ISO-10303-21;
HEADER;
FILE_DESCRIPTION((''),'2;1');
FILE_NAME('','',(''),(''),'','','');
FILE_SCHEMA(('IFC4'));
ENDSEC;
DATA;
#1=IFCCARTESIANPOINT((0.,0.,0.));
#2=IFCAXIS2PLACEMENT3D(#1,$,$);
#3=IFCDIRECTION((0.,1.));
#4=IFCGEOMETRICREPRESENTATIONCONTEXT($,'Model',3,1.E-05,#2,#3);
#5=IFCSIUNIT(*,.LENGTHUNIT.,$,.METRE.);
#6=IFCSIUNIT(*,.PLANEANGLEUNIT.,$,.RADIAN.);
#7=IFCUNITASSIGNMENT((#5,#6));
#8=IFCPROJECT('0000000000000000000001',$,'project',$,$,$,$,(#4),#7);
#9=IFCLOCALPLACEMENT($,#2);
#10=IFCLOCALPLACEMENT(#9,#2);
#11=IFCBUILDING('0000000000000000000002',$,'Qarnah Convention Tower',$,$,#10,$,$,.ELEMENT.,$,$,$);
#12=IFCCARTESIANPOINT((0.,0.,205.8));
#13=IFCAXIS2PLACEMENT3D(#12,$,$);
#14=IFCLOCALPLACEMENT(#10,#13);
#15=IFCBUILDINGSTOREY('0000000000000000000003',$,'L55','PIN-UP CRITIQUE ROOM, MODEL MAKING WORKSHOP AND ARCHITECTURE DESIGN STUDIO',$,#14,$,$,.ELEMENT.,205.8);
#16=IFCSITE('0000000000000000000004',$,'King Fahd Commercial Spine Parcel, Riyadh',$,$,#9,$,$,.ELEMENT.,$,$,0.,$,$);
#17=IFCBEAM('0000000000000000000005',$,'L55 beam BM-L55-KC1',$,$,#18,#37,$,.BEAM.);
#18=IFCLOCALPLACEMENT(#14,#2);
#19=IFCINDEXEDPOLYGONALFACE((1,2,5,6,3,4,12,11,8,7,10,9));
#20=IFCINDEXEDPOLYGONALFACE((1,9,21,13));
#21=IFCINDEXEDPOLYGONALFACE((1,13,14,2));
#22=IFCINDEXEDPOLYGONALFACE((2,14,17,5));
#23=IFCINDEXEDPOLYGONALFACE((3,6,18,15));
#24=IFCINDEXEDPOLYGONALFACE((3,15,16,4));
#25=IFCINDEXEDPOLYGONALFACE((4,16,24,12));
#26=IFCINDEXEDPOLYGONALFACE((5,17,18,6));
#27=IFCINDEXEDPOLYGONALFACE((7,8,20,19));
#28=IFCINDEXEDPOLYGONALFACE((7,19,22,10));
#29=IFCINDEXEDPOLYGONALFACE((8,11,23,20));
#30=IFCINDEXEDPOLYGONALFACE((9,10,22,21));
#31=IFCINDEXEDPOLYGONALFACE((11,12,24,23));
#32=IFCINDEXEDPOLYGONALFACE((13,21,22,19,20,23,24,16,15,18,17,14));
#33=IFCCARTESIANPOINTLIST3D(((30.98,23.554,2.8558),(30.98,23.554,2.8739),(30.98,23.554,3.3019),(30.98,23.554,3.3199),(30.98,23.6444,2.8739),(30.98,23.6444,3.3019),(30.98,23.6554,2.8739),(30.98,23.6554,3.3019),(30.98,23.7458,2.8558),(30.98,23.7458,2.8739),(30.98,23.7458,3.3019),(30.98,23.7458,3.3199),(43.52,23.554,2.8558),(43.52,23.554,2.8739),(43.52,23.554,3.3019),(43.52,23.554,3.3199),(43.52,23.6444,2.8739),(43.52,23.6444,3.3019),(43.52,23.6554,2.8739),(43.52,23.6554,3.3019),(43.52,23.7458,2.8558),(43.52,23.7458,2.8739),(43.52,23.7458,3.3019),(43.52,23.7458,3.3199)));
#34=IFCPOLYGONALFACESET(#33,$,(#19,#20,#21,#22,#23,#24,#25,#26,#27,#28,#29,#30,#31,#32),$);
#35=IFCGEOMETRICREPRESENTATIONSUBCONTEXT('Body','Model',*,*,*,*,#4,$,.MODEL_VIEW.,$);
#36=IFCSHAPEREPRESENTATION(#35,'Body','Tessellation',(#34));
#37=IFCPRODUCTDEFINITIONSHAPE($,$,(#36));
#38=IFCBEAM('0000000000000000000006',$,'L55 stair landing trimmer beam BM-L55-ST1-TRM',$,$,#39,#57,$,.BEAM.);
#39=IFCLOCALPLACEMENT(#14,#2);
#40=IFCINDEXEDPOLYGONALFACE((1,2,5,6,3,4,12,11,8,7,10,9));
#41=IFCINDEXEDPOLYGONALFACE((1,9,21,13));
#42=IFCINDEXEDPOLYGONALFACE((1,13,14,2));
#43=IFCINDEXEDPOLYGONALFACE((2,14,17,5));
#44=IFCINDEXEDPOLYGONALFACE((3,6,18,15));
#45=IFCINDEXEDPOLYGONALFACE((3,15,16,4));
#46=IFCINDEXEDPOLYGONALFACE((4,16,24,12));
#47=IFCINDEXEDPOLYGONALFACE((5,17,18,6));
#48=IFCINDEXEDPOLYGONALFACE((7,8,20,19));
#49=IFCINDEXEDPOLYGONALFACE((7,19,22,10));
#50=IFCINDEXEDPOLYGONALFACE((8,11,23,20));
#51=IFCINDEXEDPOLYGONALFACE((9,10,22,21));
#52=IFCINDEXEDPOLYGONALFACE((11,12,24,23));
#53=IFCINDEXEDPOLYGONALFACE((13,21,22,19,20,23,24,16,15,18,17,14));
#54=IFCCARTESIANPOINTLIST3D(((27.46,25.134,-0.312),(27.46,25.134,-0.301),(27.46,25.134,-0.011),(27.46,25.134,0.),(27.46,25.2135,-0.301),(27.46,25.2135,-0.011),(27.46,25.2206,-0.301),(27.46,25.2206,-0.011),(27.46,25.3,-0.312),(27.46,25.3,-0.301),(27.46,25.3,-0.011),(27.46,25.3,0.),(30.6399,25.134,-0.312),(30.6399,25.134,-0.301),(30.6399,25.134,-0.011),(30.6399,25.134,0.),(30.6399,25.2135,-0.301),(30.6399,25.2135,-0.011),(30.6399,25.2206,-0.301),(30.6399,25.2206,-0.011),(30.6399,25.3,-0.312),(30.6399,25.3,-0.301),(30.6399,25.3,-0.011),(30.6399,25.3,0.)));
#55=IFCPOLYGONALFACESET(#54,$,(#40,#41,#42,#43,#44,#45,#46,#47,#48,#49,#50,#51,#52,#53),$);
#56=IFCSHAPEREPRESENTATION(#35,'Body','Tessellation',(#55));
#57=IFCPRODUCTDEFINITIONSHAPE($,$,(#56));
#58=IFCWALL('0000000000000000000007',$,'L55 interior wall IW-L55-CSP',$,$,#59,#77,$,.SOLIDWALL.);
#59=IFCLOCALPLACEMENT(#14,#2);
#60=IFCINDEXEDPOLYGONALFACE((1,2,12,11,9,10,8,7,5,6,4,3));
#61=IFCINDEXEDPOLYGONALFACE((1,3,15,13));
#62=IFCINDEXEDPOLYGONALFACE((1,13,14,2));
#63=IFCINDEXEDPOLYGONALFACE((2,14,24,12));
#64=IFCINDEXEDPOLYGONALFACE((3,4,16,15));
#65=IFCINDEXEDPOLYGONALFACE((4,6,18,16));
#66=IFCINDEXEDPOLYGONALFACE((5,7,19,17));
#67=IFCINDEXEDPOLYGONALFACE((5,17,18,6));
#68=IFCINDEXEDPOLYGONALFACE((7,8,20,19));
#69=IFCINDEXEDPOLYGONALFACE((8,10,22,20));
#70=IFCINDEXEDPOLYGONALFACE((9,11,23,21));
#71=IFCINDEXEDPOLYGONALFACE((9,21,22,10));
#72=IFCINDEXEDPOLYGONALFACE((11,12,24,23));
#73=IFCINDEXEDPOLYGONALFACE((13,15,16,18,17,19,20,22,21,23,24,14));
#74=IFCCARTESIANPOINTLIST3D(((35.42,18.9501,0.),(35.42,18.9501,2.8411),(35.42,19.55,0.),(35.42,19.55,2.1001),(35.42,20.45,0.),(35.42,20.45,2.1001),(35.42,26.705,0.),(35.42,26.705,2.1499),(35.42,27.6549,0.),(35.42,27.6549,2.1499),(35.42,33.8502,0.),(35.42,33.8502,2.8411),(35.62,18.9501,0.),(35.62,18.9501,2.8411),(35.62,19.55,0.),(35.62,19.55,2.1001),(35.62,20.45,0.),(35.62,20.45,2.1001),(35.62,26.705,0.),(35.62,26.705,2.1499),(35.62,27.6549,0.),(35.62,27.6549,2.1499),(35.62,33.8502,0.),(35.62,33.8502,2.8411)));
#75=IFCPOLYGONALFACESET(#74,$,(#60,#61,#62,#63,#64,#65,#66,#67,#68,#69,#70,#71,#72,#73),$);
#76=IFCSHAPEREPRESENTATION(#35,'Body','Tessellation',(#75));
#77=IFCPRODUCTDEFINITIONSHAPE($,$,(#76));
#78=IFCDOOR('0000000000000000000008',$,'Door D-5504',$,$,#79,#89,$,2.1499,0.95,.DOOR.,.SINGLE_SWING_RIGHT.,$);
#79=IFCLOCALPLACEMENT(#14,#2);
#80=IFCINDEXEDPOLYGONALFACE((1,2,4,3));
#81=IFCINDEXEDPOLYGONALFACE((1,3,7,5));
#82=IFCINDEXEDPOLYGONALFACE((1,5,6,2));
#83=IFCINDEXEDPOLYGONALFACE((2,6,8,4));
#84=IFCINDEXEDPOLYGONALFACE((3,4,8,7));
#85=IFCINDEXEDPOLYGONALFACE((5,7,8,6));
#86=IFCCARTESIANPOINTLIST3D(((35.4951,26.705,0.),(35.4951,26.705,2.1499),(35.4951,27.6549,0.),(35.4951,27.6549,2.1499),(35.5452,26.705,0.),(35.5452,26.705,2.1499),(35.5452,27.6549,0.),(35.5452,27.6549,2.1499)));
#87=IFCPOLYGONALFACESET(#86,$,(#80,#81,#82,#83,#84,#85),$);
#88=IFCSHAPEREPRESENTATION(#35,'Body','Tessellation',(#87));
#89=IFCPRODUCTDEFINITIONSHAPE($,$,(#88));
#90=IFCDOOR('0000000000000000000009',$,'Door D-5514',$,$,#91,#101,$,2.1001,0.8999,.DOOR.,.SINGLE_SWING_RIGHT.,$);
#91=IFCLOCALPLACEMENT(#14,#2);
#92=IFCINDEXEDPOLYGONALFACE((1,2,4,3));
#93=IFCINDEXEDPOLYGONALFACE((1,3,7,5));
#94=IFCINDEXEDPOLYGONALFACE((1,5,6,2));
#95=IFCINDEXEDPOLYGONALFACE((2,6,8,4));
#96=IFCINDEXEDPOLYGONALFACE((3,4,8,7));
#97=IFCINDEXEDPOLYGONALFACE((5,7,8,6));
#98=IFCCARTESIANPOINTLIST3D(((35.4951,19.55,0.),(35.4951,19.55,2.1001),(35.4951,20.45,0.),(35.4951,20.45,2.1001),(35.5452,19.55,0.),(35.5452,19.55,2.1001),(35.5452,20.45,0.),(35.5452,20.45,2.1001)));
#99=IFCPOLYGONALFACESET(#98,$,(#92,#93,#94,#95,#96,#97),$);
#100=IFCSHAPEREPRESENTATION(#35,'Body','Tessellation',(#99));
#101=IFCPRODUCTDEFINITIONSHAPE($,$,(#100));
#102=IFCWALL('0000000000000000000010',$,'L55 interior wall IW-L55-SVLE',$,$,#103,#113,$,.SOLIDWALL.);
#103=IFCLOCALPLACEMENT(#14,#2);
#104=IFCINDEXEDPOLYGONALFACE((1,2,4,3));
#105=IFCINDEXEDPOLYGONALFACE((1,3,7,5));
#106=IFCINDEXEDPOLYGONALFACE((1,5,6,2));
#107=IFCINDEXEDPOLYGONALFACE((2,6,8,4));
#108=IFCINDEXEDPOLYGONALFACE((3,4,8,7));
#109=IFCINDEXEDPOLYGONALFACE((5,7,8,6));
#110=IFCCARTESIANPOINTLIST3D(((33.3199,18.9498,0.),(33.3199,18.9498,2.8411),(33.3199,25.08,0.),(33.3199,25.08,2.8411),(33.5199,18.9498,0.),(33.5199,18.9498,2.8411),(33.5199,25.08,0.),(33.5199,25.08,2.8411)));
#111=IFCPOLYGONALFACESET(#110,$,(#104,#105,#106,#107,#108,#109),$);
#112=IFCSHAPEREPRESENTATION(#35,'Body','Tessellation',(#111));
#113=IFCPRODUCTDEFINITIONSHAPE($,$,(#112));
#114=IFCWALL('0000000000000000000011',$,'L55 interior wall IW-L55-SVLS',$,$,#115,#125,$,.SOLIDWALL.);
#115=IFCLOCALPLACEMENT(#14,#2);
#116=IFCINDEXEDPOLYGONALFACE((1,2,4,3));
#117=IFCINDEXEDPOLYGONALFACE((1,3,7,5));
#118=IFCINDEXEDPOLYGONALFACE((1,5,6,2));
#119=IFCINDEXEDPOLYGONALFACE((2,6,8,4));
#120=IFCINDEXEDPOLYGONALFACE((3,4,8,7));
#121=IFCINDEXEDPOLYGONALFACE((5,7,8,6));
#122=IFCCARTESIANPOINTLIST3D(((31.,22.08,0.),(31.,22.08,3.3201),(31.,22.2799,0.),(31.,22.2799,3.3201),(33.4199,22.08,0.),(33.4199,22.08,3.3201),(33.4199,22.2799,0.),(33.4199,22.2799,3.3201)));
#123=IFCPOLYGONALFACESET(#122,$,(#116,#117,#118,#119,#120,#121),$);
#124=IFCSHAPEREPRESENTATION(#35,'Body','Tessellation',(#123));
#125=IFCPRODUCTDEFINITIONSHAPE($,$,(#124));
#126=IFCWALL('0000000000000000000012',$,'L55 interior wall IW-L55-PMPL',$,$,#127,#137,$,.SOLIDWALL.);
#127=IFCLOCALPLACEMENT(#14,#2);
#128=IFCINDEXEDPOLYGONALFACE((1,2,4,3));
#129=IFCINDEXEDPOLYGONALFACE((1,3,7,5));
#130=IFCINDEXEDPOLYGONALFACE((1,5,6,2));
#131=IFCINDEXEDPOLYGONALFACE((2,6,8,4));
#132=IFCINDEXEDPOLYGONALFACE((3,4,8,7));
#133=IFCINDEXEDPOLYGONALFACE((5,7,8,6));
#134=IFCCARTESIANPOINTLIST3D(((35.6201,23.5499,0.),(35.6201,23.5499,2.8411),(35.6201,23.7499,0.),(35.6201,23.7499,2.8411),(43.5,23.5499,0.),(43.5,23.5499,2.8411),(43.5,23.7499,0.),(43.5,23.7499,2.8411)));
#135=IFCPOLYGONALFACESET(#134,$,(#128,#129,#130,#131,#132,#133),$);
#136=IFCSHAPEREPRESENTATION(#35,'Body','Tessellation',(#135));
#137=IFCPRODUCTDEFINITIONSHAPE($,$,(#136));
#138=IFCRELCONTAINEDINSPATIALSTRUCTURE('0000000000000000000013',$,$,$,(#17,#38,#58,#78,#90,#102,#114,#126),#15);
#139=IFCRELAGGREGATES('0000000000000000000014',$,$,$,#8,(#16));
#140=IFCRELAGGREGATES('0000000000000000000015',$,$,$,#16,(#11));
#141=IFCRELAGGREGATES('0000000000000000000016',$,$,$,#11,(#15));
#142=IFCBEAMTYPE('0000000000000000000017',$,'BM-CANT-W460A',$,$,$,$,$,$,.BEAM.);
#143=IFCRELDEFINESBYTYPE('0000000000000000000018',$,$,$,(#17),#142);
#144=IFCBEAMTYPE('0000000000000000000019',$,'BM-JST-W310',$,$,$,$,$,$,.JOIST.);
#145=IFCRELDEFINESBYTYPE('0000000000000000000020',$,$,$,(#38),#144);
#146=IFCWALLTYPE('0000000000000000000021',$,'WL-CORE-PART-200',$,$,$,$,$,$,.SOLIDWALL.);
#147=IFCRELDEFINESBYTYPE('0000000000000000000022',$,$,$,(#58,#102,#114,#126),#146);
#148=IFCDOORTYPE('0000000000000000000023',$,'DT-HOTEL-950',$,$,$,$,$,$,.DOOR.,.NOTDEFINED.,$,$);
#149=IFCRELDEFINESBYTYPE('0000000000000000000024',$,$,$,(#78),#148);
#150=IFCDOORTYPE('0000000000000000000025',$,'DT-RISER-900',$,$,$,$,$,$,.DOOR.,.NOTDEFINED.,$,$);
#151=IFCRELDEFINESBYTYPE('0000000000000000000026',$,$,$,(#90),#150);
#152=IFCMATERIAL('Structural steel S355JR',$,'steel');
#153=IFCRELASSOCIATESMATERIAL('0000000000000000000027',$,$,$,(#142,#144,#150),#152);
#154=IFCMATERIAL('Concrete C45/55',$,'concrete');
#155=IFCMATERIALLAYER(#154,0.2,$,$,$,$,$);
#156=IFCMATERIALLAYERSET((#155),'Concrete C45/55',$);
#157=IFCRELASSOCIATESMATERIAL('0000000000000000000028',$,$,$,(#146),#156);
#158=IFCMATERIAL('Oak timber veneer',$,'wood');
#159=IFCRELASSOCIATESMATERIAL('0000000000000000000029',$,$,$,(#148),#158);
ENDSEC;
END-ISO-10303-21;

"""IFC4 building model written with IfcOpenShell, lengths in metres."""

from ifc_helpers import new_model, si_unit, direction, frame, frame_2d, origin, origin_2d, place, context, subcontext, project, spatial, rectangle, i_section, extrude, material, layer, layer_set, material_profile, profile_set, type_object, element, fill, save


model = new_model("IFC4")

# Units and contexts
model_context = context("Model", 3, precision=1e-05, world=origin(), true_north=direction((0.0, 1.0)))
body_context = subcontext(model_context, "Body", "Model", "MODEL_VIEW")
ifc_project = project(units=[si_unit("LENGTHUNIT", "METRE"), si_unit("PLANEANGLEUNIT", "RADIAN")], contexts=[model_context])

# Site, building, storey
site_placement = place(None, origin())
site = spatial("IfcSite", under=ifc_project, at=site_placement, Name="King Fahd Commercial Spine Parcel, Riyadh", CompositionType="ELEMENT", RefElevation=0.0)
building_placement = place(site_placement, origin())
building = spatial("IfcBuilding", under=site, at=building_placement, Name="Qarnah Convention Tower", CompositionType="ELEMENT")
storey_placement = place(building_placement, frame((0.0, 0.0, 205.8)))
storey = spatial("IfcBuildingStorey", under=building, at=storey_placement, Name="L55", Description="PIN-UP CRITIQUE ROOM, MODEL MAKING WORKSHOP AND ARCHITECTURE DESIGN STUDIO", CompositionType="ELEMENT", Elevation=205.8)

# Beams
ifc_material_1 = material(Name="Structural steel S355JR", Category="steel")
ifc_material_profile_1 = material_profile(ifc_material_1, i_section(OverallWidth=0.1919, OverallDepth=0.4641, WebThickness=0.011, FlangeThickness=0.0181, at=origin_2d()), Name="W460X89")
ifc_profile_set_1 = profile_set([ifc_material_profile_1], Name="Structural steel S355JR")
beam_type_1 = type_object("IfcBeamType", Name="BM-CANT-W460A", PredefinedType="BEAM", material=ifc_profile_set_1)
beam_1_placement = place(storey_placement, frame((30.98, 23.6499, 3.0879), z_axis=(1.0, 0.0, 0.0), x_axis=(0.0, 1.0, 0.0)))
element("IfcBeam", 1, at=beam_1_placement, inside=storey, type_object=beam_type_1, Name="L55 beam BM-L55-KC1", PredefinedType="BEAM", context=body_context, shape_type="SweptSolid", body=[
    extrude(i_section(OverallWidth=0.1919, OverallDepth=0.4641, WebThickness=0.011, FlangeThickness=0.0181, at=origin_2d()), origin(), (0.0, 0.0, 1.0), 12.54),
])
ifc_material_profile_2 = material_profile(ifc_material_1, i_section(OverallWidth=0.166, OverallDepth=0.312, WebThickness=0.0071, FlangeThickness=0.011, at=origin_2d()), Name="W310X45")
ifc_profile_set_2 = profile_set([ifc_material_profile_2], Name="Structural steel S355JR")
beam_type_2 = type_object("IfcBeamType", Name="BM-JST-W310", PredefinedType="JOIST", material=ifc_profile_set_2)
beam_2_placement = place(storey_placement, frame((27.46, 25.217, -0.156), z_axis=(1.0, 0.0, 0.0), x_axis=(0.0, 1.0, 0.0)))
element("IfcBeam", 2, at=beam_2_placement, inside=storey, type_object=beam_type_2, Name="L55 stair landing trimmer beam BM-L55-ST1-TRM", PredefinedType="BEAM", context=body_context, shape_type="SweptSolid", body=[
    extrude(i_section(OverallWidth=0.166, OverallDepth=0.312, WebThickness=0.0071, FlangeThickness=0.011, at=origin_2d()), origin(), (0.0, 0.0, 1.0), 3.1799),
])

# Wall, openings, doors
ifc_material_2 = material(Name="Concrete C45/55", Category="concrete")
ifc_layer_1 = layer(ifc_material_2, 0.2)
ifc_layer_set_1 = layer_set([ifc_layer_1], Name="Concrete C45/55")
wall_type_1 = type_object("IfcWallType", Name="WL-CORE-PART-200", PredefinedType="SOLIDWALL", material=ifc_layer_set_1)
wall_1_placement = place(storey_placement, frame((35.52, 18.95, 0.0), z_axis=(0.0, 0.0, 1.0), x_axis=(0.0, 1.0, 0.0)))
wall_1 = element("IfcWall", 3, at=wall_1_placement, inside=storey, type_object=wall_type_1, Name="L55 interior wall IW-L55-CSP", PredefinedType="SOLIDWALL", context=body_context, shape_type="SweptSolid", body=[
    extrude(rectangle(XDim=14.9001, YDim=0.2, at=frame_2d((7.4502, 0.0))), origin(), (0.0, 0.0, 1.0), 2.8411),
])
opening_1_placement = place(wall_1_placement, frame((7.7549, 0.0, 0.0)))
opening_1 = element("IfcOpeningElement", 4, at=opening_1_placement, cuts=wall_1, PredefinedType="OPENING", context=body_context, shape_type="SweptSolid", body=[
    extrude(rectangle(XDim=0.95, YDim=2.1499, at=frame_2d((0.4751, 1.075))), frame((0.0, 0.1099, 0.0), z_axis=(0.0, -1.0, 0.0), x_axis=(1.0, 0.0, 0.0)), (0.0, 0.0, 1.0), 0.22),
])
opening_2_placement = place(wall_1_placement, frame((0.6001, 0.0, 0.0)))
opening_2 = element("IfcOpeningElement", 5, at=opening_2_placement, cuts=wall_1, PredefinedType="OPENING", context=body_context, shape_type="SweptSolid", body=[
    extrude(rectangle(XDim=0.8999, YDim=2.1001, at=frame_2d((0.45, 1.05))), frame((0.0, 0.1099, 0.0), z_axis=(0.0, -1.0, 0.0), x_axis=(1.0, 0.0, 0.0)), (0.0, 0.0, 1.0), 0.22),
])
ifc_material_3 = material(Name="Oak timber veneer", Category="wood")
door_type_1 = type_object("IfcDoorType", Name="DT-HOTEL-950", OperationType="NOTDEFINED", PredefinedType="DOOR", material=ifc_material_3)
door_1_placement = place(opening_1_placement, origin())
door_1 = element("IfcDoor", 6, at=door_1_placement, inside=storey, type_object=door_type_1, Name="Door D-5504", OperationType="SINGLE_SWING_RIGHT", OverallHeight=2.1499, OverallWidth=0.95, PredefinedType="DOOR", context=body_context, shape_type="SweptSolid", body=[
    extrude(rectangle(XDim=0.95, YDim=2.1499, at=frame_2d((0.4751, 1.075))), frame((0.0, 0.0249, 0.0), z_axis=(0.0, -1.0, 0.0), x_axis=(1.0, 0.0, 0.0)), (0.0, 0.0, 1.0), 0.05),
])
fill(opening_1, door_1)
door_type_2 = type_object("IfcDoorType", Name="DT-RISER-900", OperationType="NOTDEFINED", PredefinedType="DOOR", material=ifc_material_1)
door_2_placement = place(opening_2_placement, origin())
door_2 = element("IfcDoor", 7, at=door_2_placement, inside=storey, type_object=door_type_2, Name="Door D-5514", OperationType="SINGLE_SWING_RIGHT", OverallHeight=2.1001, OverallWidth=0.8999, PredefinedType="DOOR", context=body_context, shape_type="SweptSolid", body=[
    extrude(rectangle(XDim=0.8999, YDim=2.1001, at=frame_2d((0.45, 1.05))), frame((0.0, 0.0249, 0.0), z_axis=(0.0, -1.0, 0.0), x_axis=(1.0, 0.0, 0.0)), (0.0, 0.0, 1.0), 0.05),
])
fill(opening_2, door_2)

# Walls
wall_2_placement = place(storey_placement, frame((33.4199, 18.95, 0.0), z_axis=(0.0, 0.0, 1.0), x_axis=(0.0, 1.0, 0.0)))
element("IfcWall", 8, at=wall_2_placement, inside=storey, type_object=wall_type_1, Name="L55 interior wall IW-L55-SVLE", PredefinedType="SOLIDWALL", context=body_context, shape_type="SweptSolid", body=[
    extrude(rectangle(XDim=6.1301, YDim=0.2, at=frame_2d((3.0649, 0.0))), origin(), (0.0, 0.0, 1.0), 2.8411),
])
wall_3_placement = place(storey_placement, frame((31.0, 22.1799, 0.0), z_axis=(0.0, 0.0, 1.0), x_axis=(1.0, 0.0, 0.0)))
element("IfcWall", 9, at=wall_3_placement, inside=storey, type_object=wall_type_1, Name="L55 interior wall IW-L55-SVLS", PredefinedType="SOLIDWALL", context=body_context, shape_type="SweptSolid", body=[
    extrude(rectangle(XDim=2.4199, YDim=0.2, at=frame_2d((1.21, 0.0))), origin(), (0.0, 0.0, 1.0), 3.3201),
])
wall_4_placement = place(storey_placement, frame((35.6201, 23.6499, 0.0), z_axis=(0.0, 0.0, 1.0), x_axis=(1.0, 0.0, 0.0)))
element("IfcWall", 10, at=wall_4_placement, inside=storey, type_object=wall_type_1, Name="L55 interior wall IW-L55-PMPL", PredefinedType="SOLIDWALL", context=body_context, shape_type="SweptSolid", body=[
    extrude(rectangle(XDim=7.8799, YDim=0.2, at=frame_2d((3.9399, 0.0))), origin(), (0.0, 0.0, 1.0), 2.8411),
])

save(model, "model.ifc")
